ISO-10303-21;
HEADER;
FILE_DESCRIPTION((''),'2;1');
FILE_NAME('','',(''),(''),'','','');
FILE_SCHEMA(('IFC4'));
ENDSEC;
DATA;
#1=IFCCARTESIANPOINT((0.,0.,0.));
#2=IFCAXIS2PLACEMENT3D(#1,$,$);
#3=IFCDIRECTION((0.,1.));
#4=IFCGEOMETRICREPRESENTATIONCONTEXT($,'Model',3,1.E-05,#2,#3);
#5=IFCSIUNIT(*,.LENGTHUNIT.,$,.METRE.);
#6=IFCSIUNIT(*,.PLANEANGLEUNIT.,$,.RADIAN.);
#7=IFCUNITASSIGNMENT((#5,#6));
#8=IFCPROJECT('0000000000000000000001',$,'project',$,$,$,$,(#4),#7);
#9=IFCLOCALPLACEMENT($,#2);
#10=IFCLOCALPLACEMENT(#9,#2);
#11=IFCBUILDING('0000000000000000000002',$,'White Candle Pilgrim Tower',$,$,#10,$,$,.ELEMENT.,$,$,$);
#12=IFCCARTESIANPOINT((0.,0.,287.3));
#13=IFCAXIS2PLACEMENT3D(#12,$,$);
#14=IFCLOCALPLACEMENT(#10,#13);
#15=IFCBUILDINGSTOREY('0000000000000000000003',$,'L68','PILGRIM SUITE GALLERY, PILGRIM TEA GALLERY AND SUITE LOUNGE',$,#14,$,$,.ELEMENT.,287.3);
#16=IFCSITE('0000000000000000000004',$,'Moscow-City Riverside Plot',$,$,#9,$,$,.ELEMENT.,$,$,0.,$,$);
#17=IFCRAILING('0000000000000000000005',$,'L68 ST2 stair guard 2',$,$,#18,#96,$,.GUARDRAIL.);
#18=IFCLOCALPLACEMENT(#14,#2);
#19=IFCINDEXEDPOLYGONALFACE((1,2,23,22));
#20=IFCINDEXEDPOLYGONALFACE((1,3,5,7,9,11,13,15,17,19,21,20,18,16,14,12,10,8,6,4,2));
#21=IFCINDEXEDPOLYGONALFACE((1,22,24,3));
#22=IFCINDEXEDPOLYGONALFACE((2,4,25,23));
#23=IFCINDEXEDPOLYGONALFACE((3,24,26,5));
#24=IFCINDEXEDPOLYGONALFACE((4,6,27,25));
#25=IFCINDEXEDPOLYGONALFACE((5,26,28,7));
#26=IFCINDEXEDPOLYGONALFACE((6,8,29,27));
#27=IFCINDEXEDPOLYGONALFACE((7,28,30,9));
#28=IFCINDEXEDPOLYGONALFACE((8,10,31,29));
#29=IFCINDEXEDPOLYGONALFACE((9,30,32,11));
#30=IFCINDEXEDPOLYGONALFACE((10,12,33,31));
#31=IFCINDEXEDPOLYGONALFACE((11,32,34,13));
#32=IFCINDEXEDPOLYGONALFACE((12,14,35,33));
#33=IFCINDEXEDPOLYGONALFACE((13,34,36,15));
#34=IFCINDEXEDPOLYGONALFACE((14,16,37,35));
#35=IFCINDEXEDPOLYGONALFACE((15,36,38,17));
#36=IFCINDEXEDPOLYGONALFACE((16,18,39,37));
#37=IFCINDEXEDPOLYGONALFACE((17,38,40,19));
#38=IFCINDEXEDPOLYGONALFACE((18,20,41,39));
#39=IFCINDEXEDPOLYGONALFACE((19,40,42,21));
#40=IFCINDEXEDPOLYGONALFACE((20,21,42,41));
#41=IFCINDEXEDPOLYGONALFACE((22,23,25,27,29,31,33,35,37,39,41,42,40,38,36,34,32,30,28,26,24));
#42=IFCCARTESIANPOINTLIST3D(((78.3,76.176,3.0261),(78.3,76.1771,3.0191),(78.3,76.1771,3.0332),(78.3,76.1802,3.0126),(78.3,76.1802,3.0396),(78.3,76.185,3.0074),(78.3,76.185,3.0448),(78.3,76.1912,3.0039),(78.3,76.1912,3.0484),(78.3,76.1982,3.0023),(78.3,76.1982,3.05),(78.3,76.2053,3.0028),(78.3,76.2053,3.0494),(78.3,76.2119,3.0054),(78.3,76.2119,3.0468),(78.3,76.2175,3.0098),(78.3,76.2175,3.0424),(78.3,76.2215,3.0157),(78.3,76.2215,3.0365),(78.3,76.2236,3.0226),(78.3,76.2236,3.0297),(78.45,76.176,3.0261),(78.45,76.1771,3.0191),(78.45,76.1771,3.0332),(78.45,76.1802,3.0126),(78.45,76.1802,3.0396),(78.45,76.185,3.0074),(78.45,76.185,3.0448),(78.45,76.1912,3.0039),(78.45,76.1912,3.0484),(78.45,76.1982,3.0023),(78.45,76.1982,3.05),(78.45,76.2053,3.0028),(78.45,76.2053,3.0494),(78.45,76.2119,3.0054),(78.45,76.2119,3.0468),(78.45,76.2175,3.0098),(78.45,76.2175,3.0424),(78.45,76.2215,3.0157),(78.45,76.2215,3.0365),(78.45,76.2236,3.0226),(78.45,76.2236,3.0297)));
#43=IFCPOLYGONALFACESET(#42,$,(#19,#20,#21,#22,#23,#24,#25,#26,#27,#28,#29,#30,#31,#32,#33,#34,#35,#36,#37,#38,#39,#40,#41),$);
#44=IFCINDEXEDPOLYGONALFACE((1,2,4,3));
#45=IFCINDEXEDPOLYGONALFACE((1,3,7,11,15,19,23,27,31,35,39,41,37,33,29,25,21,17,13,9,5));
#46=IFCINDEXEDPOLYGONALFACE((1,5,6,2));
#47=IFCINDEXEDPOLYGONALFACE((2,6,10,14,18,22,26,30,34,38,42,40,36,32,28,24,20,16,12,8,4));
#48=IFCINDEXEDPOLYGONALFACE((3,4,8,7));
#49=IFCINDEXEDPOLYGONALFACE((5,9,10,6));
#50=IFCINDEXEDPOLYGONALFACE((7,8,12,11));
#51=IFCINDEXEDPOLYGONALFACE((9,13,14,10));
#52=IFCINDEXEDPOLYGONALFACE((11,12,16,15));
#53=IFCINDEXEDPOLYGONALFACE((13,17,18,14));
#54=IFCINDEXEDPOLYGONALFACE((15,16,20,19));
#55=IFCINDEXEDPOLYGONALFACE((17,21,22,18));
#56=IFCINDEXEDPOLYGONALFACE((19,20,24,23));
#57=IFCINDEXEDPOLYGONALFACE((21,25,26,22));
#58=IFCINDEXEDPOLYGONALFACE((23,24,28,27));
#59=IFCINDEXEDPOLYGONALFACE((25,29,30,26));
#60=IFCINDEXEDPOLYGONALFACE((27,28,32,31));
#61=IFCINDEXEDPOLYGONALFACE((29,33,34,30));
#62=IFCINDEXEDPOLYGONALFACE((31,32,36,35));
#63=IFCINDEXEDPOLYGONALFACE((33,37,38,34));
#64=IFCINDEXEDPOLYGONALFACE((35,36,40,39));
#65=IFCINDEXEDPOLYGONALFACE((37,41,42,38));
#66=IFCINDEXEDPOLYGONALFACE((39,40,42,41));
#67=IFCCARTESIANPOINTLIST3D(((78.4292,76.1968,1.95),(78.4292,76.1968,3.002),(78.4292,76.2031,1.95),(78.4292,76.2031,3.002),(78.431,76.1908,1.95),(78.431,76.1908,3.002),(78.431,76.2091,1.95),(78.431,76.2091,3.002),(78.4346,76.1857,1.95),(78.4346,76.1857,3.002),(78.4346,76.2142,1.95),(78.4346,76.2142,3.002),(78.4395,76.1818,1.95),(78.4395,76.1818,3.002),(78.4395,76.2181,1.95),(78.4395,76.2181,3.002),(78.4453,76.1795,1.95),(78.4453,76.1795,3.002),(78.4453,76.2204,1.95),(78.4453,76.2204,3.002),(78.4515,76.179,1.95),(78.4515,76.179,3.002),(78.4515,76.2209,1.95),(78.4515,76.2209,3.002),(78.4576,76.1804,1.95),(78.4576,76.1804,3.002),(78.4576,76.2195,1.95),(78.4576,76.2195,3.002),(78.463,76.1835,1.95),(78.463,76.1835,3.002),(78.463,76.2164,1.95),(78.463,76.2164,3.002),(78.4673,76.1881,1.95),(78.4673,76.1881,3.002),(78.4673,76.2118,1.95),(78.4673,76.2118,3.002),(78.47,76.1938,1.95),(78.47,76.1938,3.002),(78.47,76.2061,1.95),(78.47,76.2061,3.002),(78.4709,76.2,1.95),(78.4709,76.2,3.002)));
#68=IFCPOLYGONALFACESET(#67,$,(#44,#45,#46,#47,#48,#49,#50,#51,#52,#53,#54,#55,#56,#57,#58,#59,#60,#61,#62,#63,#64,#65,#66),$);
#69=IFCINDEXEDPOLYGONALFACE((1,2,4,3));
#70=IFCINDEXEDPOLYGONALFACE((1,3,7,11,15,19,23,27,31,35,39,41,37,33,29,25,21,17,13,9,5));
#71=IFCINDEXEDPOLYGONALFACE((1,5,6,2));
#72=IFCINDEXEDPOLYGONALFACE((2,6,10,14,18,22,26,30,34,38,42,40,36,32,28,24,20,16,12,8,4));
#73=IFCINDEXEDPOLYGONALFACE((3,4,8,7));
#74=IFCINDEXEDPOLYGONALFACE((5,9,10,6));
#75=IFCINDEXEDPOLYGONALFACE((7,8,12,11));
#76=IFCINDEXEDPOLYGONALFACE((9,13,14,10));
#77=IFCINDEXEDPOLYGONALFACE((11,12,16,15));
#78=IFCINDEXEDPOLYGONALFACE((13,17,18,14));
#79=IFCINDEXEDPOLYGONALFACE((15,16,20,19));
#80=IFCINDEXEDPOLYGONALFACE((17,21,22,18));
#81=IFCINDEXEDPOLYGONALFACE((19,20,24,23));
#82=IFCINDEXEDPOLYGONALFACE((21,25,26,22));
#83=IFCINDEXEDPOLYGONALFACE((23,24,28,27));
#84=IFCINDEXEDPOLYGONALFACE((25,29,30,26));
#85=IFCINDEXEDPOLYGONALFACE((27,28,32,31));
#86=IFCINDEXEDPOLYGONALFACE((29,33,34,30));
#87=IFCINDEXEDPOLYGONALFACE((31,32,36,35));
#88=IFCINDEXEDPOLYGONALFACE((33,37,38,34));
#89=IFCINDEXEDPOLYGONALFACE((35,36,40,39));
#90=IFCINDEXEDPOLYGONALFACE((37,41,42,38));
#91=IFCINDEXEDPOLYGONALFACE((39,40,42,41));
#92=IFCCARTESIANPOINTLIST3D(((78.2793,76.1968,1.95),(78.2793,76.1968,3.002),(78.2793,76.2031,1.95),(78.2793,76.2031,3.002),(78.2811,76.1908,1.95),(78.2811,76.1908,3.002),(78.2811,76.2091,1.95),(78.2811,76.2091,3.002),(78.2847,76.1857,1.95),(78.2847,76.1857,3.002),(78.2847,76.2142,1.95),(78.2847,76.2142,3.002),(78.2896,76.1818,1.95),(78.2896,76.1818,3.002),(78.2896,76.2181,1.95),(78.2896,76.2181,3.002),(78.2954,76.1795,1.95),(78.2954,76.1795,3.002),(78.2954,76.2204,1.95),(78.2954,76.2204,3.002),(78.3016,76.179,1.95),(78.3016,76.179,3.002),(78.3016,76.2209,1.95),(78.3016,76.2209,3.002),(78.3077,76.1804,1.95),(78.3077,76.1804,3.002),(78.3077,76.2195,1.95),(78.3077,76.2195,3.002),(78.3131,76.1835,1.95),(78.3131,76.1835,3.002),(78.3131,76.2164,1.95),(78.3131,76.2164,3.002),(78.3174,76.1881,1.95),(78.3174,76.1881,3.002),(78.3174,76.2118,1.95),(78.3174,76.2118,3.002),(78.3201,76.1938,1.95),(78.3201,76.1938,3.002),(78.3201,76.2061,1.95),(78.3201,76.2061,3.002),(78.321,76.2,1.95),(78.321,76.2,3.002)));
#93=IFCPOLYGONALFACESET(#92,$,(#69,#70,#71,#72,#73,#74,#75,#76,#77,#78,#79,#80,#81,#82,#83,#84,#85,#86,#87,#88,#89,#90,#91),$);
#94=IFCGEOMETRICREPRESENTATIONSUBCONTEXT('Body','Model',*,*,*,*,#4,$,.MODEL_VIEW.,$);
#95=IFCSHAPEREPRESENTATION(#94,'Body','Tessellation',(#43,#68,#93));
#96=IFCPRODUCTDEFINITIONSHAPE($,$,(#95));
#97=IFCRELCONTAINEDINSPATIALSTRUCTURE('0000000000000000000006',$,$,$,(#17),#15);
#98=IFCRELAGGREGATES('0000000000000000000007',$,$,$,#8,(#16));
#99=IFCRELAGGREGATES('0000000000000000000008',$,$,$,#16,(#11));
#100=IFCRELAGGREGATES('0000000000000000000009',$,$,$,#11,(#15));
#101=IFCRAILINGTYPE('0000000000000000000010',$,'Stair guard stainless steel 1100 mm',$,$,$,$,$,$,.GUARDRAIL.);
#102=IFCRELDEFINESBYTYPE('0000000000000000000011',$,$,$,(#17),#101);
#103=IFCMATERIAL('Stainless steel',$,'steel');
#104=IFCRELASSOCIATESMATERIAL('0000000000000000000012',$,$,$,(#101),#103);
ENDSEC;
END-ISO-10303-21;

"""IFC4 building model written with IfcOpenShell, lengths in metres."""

from ifc_helpers import new_model, si_unit, direction, frame, origin, origin_2d, place, context, subcontext, project, spatial, circle, extrude, material, type_object, element, save


model = new_model("IFC4")

# Units and contexts
model_context = context("Model", 3, precision=1e-05, world=origin(), true_north=direction((0.0, 1.0)))
body_context = subcontext(model_context, "Body", "Model", "MODEL_VIEW")
ifc_project = project(units=[si_unit("LENGTHUNIT", "METRE"), si_unit("PLANEANGLEUNIT", "RADIAN")], contexts=[model_context])

# Site, building, storey
site_placement = place(None, origin())
site = spatial("IfcSite", under=ifc_project, at=site_placement, Name="Moscow-City Riverside Plot", CompositionType="ELEMENT", RefElevation=0.0)
building_placement = place(site_placement, origin())
building = spatial("IfcBuilding", under=site, at=building_placement, Name="White Candle Pilgrim Tower", CompositionType="ELEMENT")
storey_placement = place(building_placement, frame((0.0, 0.0, 287.3)))
storey = spatial("IfcBuildingStorey", under=building, at=storey_placement, Name="L68", Description="PILGRIM SUITE GALLERY, PILGRIM TEA GALLERY AND SUITE LOUNGE", CompositionType="ELEMENT", Elevation=287.3)

# Railing
ifc_material_1 = material(Name="Stainless steel", Category="steel")
railing_type_1 = type_object("IfcRailingType", Name="Stair guard stainless steel 1100 mm", PredefinedType="GUARDRAIL", material=ifc_material_1)
railing_1_placement = place(storey_placement, frame((78.45, 76.2, 1.95)))
element("IfcRailing", 1, at=railing_1_placement, inside=storey, type_object=railing_type_1, Name="L68 ST2 stair guard 2", PredefinedType="GUARDRAIL", context=body_context, shape_type="SweptSolid", body=[
    extrude(circle(Radius=0.0239, at=origin_2d()), frame((0.0, 0.0, 1.0762), z_axis=(-1.0, 0.0, 0.0), x_axis=(0.0, -1.0, 0.0)), (0.0, 0.0, 1.0), 0.1499),
    extrude(circle(Radius=0.021, at=origin_2d()), origin(), (0.0, 0.0, 1.0), 1.052),
    extrude(circle(Radius=0.021, at=origin_2d()), frame((-0.1499, 0.0, 0.0)), (0.0, 0.0, 1.0), 1.052),
])

save(model, "model.ifc")
